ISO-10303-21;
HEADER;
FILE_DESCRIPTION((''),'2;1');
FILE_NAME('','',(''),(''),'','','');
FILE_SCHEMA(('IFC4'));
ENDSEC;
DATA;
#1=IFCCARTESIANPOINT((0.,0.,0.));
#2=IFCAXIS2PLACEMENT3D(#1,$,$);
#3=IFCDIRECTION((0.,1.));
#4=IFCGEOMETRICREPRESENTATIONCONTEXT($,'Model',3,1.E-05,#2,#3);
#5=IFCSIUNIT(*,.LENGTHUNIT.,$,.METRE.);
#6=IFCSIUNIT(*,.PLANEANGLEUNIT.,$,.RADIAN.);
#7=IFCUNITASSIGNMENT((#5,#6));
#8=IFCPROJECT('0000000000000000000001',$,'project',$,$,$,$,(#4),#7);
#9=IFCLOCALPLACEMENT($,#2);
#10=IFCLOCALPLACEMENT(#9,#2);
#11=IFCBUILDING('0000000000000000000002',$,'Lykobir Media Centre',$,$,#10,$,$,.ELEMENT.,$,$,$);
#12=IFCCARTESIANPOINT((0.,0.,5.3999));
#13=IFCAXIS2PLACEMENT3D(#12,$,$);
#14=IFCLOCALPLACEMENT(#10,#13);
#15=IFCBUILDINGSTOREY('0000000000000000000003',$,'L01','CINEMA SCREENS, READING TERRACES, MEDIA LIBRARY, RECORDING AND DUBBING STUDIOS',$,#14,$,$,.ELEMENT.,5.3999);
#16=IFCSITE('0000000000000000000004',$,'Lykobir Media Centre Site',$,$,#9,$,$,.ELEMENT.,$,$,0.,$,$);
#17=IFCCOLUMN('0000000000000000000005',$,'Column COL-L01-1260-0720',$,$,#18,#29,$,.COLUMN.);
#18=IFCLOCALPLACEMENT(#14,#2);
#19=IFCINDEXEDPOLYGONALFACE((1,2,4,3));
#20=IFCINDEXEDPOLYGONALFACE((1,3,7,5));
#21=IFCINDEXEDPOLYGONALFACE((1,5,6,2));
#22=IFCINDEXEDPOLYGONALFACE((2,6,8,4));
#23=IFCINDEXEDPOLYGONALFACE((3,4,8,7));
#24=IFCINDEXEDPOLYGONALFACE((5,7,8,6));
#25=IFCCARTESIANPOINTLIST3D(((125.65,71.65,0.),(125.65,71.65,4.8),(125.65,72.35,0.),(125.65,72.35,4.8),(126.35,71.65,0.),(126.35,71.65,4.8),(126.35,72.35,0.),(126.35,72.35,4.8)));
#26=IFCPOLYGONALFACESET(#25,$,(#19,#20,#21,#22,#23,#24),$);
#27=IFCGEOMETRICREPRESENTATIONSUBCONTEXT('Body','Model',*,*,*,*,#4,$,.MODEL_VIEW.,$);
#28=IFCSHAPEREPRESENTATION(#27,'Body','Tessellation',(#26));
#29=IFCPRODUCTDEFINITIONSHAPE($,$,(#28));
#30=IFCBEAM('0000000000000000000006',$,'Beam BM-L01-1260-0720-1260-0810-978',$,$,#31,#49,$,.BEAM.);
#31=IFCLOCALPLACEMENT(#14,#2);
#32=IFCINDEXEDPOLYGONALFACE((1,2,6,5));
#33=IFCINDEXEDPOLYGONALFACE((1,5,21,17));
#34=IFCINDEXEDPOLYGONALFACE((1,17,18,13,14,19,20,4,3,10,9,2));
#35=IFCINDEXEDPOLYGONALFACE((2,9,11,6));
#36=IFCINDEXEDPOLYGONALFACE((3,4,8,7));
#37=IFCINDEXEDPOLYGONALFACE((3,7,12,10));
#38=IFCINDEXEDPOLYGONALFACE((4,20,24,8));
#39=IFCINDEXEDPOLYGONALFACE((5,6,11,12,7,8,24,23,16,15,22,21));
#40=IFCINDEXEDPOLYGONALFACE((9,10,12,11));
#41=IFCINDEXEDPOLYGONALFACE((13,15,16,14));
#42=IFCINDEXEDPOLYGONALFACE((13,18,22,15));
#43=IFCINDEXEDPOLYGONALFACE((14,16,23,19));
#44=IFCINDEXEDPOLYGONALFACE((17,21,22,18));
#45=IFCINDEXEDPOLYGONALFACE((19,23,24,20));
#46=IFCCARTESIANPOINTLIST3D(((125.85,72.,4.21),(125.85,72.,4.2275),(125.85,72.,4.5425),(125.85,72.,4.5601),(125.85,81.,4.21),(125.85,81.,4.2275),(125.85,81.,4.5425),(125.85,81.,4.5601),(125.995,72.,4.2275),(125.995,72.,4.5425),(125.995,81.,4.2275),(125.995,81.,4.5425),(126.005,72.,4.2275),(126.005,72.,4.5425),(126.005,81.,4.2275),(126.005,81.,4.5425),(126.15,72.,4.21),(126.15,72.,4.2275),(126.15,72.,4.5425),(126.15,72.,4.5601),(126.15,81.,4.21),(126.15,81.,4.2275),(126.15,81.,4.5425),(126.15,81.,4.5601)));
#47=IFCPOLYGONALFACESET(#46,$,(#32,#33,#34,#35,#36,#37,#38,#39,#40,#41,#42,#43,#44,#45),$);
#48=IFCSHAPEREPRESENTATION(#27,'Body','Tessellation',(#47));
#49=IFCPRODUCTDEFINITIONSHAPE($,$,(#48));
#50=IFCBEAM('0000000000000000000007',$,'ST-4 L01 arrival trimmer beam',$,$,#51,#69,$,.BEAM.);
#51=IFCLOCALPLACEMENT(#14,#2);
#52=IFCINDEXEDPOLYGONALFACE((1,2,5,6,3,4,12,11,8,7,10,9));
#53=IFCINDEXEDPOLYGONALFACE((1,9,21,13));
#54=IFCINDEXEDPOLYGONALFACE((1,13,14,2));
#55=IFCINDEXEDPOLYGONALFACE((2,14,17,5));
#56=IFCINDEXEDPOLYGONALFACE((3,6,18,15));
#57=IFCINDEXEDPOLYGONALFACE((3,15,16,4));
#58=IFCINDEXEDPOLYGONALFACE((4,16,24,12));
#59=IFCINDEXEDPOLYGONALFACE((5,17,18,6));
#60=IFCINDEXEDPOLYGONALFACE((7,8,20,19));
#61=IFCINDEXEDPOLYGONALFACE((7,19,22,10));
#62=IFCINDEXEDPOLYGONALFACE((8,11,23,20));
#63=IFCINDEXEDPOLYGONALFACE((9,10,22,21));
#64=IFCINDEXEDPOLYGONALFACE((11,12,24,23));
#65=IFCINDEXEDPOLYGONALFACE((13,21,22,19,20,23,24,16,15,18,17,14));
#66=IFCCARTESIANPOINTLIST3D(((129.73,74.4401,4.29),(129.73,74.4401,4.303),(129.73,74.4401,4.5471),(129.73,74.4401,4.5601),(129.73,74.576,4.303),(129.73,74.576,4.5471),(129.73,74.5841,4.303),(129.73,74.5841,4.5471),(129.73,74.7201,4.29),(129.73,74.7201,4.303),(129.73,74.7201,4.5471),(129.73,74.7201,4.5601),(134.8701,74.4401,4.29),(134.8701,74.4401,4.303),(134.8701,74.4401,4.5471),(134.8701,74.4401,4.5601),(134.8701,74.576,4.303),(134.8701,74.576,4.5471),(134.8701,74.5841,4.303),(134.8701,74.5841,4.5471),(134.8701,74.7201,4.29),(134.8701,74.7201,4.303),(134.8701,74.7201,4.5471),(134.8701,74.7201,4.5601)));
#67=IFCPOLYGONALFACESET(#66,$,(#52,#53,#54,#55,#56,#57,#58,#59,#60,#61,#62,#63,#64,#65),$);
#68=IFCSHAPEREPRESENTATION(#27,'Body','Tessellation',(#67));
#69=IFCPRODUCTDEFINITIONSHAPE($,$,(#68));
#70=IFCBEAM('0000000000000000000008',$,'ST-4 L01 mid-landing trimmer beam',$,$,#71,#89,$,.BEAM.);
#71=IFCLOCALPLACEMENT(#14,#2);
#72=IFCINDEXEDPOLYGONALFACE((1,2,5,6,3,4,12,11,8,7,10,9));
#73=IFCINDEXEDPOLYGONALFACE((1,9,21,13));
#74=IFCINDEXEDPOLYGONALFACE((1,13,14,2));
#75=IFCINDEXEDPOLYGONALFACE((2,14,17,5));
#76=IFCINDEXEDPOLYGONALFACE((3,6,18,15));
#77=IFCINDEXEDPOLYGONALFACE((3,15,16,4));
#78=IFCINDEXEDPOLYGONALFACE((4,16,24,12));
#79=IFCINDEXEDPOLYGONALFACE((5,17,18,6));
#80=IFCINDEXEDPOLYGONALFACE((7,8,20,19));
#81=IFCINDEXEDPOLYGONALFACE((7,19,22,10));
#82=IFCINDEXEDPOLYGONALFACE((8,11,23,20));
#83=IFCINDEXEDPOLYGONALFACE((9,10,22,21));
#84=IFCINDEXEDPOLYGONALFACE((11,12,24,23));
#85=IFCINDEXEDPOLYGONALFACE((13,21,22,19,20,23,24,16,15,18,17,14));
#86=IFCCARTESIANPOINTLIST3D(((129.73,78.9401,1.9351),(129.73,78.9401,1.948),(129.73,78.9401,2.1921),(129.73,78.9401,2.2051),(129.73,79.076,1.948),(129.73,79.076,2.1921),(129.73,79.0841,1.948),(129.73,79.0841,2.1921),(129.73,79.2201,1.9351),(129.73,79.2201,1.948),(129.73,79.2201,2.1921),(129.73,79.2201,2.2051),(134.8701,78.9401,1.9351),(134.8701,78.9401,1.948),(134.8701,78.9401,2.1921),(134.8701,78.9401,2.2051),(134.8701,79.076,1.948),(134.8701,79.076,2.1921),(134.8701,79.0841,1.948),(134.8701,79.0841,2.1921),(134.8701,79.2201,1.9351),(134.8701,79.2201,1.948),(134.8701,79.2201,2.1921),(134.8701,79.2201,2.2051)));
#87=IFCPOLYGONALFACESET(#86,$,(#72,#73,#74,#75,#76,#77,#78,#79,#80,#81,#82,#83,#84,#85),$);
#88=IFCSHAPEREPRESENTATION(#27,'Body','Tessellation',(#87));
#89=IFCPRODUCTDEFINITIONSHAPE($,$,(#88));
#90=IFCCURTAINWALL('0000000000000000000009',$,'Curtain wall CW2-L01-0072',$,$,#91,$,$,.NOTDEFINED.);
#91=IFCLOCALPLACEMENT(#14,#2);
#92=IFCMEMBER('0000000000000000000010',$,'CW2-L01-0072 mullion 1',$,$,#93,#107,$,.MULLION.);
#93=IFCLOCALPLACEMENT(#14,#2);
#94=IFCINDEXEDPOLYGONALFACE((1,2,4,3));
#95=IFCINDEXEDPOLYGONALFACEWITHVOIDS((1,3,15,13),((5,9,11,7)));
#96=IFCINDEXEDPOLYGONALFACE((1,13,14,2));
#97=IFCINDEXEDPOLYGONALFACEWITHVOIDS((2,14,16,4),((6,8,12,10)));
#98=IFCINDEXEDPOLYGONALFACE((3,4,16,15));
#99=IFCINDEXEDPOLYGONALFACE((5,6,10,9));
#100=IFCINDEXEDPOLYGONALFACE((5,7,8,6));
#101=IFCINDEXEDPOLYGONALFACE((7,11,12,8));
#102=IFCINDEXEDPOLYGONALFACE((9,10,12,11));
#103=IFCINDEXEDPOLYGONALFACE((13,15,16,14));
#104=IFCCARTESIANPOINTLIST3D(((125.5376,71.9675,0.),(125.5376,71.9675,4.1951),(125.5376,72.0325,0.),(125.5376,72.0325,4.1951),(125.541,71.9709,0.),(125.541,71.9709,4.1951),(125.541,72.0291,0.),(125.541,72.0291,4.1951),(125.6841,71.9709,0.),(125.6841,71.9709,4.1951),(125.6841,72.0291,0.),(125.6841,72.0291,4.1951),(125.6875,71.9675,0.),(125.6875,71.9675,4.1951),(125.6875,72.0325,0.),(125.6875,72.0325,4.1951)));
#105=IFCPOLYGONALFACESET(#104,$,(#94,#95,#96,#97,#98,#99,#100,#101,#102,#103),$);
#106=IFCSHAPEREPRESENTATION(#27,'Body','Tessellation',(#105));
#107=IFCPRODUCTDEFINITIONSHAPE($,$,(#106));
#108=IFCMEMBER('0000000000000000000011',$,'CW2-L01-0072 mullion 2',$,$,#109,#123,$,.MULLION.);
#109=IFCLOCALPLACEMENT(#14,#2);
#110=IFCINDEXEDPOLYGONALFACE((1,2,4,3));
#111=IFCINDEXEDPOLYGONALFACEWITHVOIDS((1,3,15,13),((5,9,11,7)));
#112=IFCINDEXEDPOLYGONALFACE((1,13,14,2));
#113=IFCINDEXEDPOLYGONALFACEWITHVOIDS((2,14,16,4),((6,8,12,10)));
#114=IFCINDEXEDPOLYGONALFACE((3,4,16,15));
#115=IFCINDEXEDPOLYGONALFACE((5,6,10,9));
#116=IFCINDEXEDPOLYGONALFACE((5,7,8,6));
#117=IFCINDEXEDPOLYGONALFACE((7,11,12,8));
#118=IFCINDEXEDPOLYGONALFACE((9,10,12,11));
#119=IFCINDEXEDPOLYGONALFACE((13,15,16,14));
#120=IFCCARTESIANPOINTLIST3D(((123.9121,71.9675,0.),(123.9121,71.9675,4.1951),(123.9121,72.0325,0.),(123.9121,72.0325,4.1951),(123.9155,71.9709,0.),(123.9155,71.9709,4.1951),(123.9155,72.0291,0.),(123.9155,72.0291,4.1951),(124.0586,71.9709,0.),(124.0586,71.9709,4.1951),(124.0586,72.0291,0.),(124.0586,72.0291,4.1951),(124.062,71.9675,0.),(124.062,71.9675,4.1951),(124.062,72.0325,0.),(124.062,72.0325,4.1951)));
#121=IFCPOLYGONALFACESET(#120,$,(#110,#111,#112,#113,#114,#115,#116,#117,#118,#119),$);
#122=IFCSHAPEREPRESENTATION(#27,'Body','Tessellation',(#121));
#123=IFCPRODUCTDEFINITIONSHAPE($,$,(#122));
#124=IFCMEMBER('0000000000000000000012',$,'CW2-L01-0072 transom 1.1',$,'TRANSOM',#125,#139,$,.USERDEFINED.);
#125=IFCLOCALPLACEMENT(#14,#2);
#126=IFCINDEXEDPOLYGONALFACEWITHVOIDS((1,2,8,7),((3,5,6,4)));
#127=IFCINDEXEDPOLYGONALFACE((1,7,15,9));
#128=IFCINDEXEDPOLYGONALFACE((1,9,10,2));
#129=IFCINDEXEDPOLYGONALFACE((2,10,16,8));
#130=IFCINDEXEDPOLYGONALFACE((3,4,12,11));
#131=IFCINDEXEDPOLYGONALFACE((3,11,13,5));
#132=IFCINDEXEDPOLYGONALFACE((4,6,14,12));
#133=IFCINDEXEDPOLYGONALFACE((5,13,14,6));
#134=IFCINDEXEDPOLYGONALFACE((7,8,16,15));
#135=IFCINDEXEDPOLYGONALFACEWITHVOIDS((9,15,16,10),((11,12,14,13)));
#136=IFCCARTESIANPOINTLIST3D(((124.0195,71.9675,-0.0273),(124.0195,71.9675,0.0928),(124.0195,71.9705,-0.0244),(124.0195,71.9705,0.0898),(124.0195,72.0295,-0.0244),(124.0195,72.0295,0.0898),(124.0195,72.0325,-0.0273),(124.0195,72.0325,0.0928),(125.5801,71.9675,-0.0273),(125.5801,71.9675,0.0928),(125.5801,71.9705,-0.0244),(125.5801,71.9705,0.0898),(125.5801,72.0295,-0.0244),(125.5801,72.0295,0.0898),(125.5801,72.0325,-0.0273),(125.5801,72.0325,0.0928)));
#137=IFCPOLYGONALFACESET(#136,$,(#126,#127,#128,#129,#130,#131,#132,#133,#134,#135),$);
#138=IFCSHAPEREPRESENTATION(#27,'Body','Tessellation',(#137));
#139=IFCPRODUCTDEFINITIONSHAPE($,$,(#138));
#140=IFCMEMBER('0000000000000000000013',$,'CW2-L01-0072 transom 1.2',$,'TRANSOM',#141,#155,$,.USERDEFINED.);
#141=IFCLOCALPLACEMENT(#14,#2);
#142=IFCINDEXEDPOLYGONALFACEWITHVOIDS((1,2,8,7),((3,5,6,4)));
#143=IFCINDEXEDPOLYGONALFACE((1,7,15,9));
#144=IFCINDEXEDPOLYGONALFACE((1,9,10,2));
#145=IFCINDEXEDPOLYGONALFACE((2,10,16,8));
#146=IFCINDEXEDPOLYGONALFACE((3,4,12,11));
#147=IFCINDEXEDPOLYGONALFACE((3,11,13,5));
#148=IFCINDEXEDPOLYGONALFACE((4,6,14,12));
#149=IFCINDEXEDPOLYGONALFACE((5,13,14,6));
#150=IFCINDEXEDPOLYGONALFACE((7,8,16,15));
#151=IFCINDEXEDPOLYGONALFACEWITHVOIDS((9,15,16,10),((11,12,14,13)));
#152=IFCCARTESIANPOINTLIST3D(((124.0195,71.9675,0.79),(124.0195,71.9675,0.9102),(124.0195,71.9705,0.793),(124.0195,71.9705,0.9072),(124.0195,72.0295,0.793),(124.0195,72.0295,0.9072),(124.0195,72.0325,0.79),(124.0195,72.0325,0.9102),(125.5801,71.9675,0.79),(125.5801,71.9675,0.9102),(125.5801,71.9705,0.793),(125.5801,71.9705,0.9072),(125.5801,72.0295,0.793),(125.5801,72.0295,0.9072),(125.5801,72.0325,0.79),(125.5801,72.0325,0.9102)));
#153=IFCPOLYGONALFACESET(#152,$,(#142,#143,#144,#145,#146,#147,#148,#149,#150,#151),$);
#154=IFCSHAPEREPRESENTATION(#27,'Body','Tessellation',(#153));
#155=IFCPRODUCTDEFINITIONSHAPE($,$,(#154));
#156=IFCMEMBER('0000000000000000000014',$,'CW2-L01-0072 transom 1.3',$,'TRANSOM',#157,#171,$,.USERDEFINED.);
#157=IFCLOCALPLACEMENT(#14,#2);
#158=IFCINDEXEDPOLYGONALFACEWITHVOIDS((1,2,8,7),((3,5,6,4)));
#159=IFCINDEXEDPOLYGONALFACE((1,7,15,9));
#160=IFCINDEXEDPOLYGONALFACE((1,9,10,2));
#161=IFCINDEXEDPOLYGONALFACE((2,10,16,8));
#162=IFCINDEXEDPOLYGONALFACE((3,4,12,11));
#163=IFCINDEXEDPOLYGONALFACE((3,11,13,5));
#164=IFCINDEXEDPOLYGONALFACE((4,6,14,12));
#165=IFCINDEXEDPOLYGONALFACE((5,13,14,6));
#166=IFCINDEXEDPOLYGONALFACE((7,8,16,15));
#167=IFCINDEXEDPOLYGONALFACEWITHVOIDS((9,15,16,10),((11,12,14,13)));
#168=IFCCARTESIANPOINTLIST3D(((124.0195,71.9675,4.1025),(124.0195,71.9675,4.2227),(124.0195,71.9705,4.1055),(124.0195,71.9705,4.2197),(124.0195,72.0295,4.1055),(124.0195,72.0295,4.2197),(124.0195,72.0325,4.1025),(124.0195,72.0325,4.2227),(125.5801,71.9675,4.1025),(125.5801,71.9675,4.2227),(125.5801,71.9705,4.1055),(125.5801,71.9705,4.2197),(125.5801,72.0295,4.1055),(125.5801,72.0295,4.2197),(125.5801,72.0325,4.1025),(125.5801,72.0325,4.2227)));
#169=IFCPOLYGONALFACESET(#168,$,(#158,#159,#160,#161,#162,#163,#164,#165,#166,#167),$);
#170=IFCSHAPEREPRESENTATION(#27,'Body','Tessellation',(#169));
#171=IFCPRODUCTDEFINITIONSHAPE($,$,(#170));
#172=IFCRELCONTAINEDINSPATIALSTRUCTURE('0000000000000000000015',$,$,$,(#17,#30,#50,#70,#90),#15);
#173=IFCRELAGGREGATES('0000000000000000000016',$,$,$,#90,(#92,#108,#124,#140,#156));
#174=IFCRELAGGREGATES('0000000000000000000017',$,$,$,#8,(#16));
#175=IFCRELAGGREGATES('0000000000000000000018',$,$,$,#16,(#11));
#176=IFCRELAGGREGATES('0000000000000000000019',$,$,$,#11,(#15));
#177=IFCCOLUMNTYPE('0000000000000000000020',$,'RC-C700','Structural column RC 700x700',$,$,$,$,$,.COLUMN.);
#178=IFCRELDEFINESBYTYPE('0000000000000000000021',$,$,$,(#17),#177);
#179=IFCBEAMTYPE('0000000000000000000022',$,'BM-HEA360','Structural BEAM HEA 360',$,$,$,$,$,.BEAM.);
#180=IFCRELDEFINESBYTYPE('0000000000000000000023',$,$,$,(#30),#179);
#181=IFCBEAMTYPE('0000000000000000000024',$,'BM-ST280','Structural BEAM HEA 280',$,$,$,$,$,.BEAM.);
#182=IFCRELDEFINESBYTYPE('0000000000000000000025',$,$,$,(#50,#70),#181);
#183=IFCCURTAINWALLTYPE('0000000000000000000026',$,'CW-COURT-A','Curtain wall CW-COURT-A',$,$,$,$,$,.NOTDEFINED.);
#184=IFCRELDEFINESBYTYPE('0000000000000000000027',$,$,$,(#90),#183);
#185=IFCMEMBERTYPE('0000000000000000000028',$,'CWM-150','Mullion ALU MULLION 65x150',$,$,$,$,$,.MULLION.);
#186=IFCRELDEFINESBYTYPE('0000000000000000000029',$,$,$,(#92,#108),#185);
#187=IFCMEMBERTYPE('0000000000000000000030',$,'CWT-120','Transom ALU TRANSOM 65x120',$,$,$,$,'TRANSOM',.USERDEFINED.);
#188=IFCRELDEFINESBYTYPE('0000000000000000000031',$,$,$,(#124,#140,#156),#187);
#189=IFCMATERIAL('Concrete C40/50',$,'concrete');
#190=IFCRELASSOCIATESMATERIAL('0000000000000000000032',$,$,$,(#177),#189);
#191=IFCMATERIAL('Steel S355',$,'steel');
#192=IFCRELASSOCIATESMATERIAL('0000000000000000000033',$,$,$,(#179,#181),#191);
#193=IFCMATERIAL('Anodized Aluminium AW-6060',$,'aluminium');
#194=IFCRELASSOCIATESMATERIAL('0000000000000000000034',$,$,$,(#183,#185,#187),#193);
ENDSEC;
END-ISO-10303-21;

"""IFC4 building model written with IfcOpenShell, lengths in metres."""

from ifc_helpers import new_model, si_unit, direction, frame, origin, origin_2d, place, context, subcontext, project, spatial, rectangle, hollow_rectangle, i_section, extrude, material, material_profile, profile_set, type_object, element, aggregate, save


model = new_model("IFC4")

# Units and contexts
model_context = context("Model", 3, precision=1e-05, world=origin(), true_north=direction((0.0, 1.0)))
body_context = subcontext(model_context, "Body", "Model", "MODEL_VIEW")
ifc_project = project(units=[si_unit("LENGTHUNIT", "METRE"), si_unit("PLANEANGLEUNIT", "RADIAN")], contexts=[model_context])

# Site, building, storey
site_placement = place(None, origin())
site = spatial("IfcSite", under=ifc_project, at=site_placement, Name="Lykobir Media Centre Site", CompositionType="ELEMENT", RefElevation=0.0)
building_placement = place(site_placement, origin())
building = spatial("IfcBuilding", under=site, at=building_placement, Name="Lykobir Media Centre", CompositionType="ELEMENT")
storey_placement = place(building_placement, frame((0.0, 0.0, 5.3999)))
storey = spatial("IfcBuildingStorey", under=building, at=storey_placement, Name="L01", Description="CINEMA SCREENS, READING TERRACES, MEDIA LIBRARY, RECORDING AND DUBBING STUDIOS", CompositionType="ELEMENT", Elevation=5.3999)

# Column
ifc_material_1 = material(Name="Concrete C40/50", Category="concrete")
ifc_material_profile_1 = material_profile(ifc_material_1, rectangle(XDim=0.7, YDim=0.7, at=origin_2d()), Name="RC 700x700")
ifc_profile_set_1 = profile_set([ifc_material_profile_1], Name="Concrete C40/50")
column_type = type_object("IfcColumnType", Name="RC-C700", Description="Structural column RC 700x700", PredefinedType="COLUMN", material=ifc_profile_set_1)
column_placement = place(storey_placement, frame((126.0, 72.0, 0.0), z_axis=(0.0, 0.0, 1.0), x_axis=(1.0, 0.0, 0.0)))
element("IfcColumn", 1, at=column_placement, inside=storey, type_object=column_type, Name="Column COL-L01-1260-0720", PredefinedType="COLUMN", context=body_context, shape_type="SweptSolid", body=[
    extrude(rectangle(XDim=0.7, YDim=0.7, at=origin_2d()), origin(), (0.0, 0.0, 1.0), 4.8),
])

# Beams
ifc_material_2 = material(Name="Steel S355", Category="steel")
ifc_material_profile_2 = material_profile(ifc_material_2, i_section(OverallWidth=0.3, OverallDepth=0.3501, WebThickness=0.01, FlangeThickness=0.0176, at=origin_2d()), Name="HEA 360")
ifc_profile_set_2 = profile_set([ifc_material_profile_2], Name="Steel S355")
beam_type_1 = type_object("IfcBeamType", Name="BM-HEA360", Description="Structural BEAM HEA 360", PredefinedType="BEAM", material=ifc_profile_set_2)
beam_1_placement = place(storey_placement, frame((126.0, 72.0, 4.385), z_axis=(0.0, 1.0, 0.0), x_axis=(-1.0, 0.0, 0.0)))
element("IfcBeam", 2, at=beam_1_placement, inside=storey, type_object=beam_type_1, Name="Beam BM-L01-1260-0720-1260-0810-978", PredefinedType="BEAM", context=body_context, shape_type="SweptSolid", body=[
    extrude(i_section(OverallWidth=0.3, OverallDepth=0.3501, WebThickness=0.01, FlangeThickness=0.0176, at=origin_2d()), origin(), (0.0, 0.0, 1.0), 9.0),
])
ifc_material_profile_3 = material_profile(ifc_material_2, i_section(OverallWidth=0.28, OverallDepth=0.27, WebThickness=0.0081, FlangeThickness=0.0129, at=origin_2d()), Name="HEA 280")
ifc_profile_set_3 = profile_set([ifc_material_profile_3], Name="Steel S355")
beam_type_2 = type_object("IfcBeamType", Name="BM-ST280", Description="Structural BEAM HEA 280", PredefinedType="BEAM", material=ifc_profile_set_3)
for number, where, z_axis, x_axis, name in (
    (3, (129.73, 74.5801, 4.425), (1.0, 0.0, 0.0), (0.0, 1.0, 0.0), "ST-4 L01 arrival trimmer beam"),
    (4, (129.73, 79.0801, 2.0701), (1.0, 0.0, 0.0), (0.0, 1.0, 0.0), "ST-4 L01 mid-landing trimmer beam"),
):
    element("IfcBeam", number, at=place(storey_placement, frame(where, z_axis=z_axis, x_axis=x_axis)), inside=storey, type_object=beam_type_2, Name=name, PredefinedType="BEAM", context=body_context, shape_type="SweptSolid", body=[
        extrude(i_section(OverallWidth=0.28, OverallDepth=0.27, WebThickness=0.0081, FlangeThickness=0.0129, at=origin_2d()), origin(), (0.0, 0.0, 1.0), 5.1401),
    ])

# Curtain wall, members
ifc_material_3 = material(Name="Anodized Aluminium AW-6060", Category="aluminium")
curtain_wall_type = type_object("IfcCurtainWallType", Name="CW-COURT-A", Description="Curtain wall CW-COURT-A", PredefinedType="NOTDEFINED", material=ifc_material_3)
curtain_wall_placement = place(storey_placement, origin())
curtain_wall = element("IfcCurtainWall", 5, at=curtain_wall_placement, inside=storey, type_object=curtain_wall_type, Name="Curtain wall CW2-L01-0072", PredefinedType="NOTDEFINED")
ifc_material_profile_4 = material_profile(ifc_material_3, hollow_rectangle(XDim=0.0649, YDim=0.1499, WallThickness=0.0034, at=origin_2d()), Name="ALU MULLION 65x150")
ifc_profile_set_4 = profile_set([ifc_material_profile_4], Name="Anodized Aluminium AW-6060")
member_type_1 = type_object("IfcMemberType", Name="CWM-150", Description="Mullion ALU MULLION 65x150", PredefinedType="MULLION", material=ifc_profile_set_4)
member_1_placement = place(storey_placement, frame((125.6125, 72.0, 0.0), z_axis=(0.0, 0.0, 1.0), x_axis=(0.0, -1.0, 0.0)))
member_1 = element("IfcMember", 6, at=member_1_placement, type_object=member_type_1, Name="CW2-L01-0072 mullion 1", PredefinedType="MULLION", context=body_context, shape_type="SweptSolid", body=[
    extrude(hollow_rectangle(XDim=0.0649, YDim=0.1499, WallThickness=0.0034, at=origin_2d()), origin(), (0.0, 0.0, 1.0), 4.1951),
])
member_2_placement = place(storey_placement, frame((123.9871, 72.0, 0.0), z_axis=(0.0, 0.0, 1.0), x_axis=(0.0, -1.0, 0.0)))
member_2 = element("IfcMember", 7, at=member_2_placement, type_object=member_type_1, Name="CW2-L01-0072 mullion 2", PredefinedType="MULLION", context=body_context, shape_type="SweptSolid", body=[
    extrude(hollow_rectangle(XDim=0.0649, YDim=0.1499, WallThickness=0.0034, at=origin_2d()), origin(), (0.0, 0.0, 1.0), 4.1951),
])
ifc_material_profile_5 = material_profile(ifc_material_3, hollow_rectangle(XDim=0.0649, YDim=0.1201, WallThickness=0.0029, at=origin_2d()), Name="ALU TRANSOM 65x120")
ifc_profile_set_5 = profile_set([ifc_material_profile_5], Name="Anodized Aluminium AW-6060")
member_type_2 = type_object("IfcMemberType", Name="CWT-120", Description="Transom ALU TRANSOM 65x120", ElementType="TRANSOM", PredefinedType="USERDEFINED", material=ifc_profile_set_5)
member_3_placement = place(storey_placement, frame((125.5801, 72.0, 0.0327), z_axis=(-1.0, 0.0, 0.0), x_axis=(0.0, -1.0, 0.0)))
member_3 = element("IfcMember", 8, at=member_3_placement, type_object=member_type_2, Name="CW2-L01-0072 transom 1.1", ObjectType="TRANSOM", PredefinedType="USERDEFINED", context=body_context, shape_type="SweptSolid", body=[
    extrude(hollow_rectangle(XDim=0.0649, YDim=0.1201, WallThickness=0.0029, at=origin_2d()), origin(), (0.0, 0.0, 1.0), 1.5605),
])
member_4_placement = place(storey_placement, frame((125.5801, 72.0, 0.8501), z_axis=(-1.0, 0.0, 0.0), x_axis=(0.0, -1.0, 0.0)))
member_4 = element("IfcMember", 9, at=member_4_placement, type_object=member_type_2, Name="CW2-L01-0072 transom 1.2", ObjectType="TRANSOM", PredefinedType="USERDEFINED", context=body_context, shape_type="SweptSolid", body=[
    extrude(hollow_rectangle(XDim=0.0649, YDim=0.1201, WallThickness=0.0029, at=origin_2d()), origin(), (0.0, 0.0, 1.0), 1.5605),
])
member_5_placement = place(storey_placement, frame((125.5801, 72.0, 4.1626), z_axis=(-1.0, 0.0, 0.0), x_axis=(0.0, -1.0, 0.0)))
member_5 = element("IfcMember", 10, at=member_5_placement, type_object=member_type_2, Name="CW2-L01-0072 transom 1.3", ObjectType="TRANSOM", PredefinedType="USERDEFINED", context=body_context, shape_type="SweptSolid", body=[
    extrude(hollow_rectangle(XDim=0.0649, YDim=0.1201, WallThickness=0.0029, at=origin_2d()), origin(), (0.0, 0.0, 1.0), 1.5605),
])

aggregate(curtain_wall, [member_1, member_2, member_3, member_4, member_5])

save(model, "model.ifc")
